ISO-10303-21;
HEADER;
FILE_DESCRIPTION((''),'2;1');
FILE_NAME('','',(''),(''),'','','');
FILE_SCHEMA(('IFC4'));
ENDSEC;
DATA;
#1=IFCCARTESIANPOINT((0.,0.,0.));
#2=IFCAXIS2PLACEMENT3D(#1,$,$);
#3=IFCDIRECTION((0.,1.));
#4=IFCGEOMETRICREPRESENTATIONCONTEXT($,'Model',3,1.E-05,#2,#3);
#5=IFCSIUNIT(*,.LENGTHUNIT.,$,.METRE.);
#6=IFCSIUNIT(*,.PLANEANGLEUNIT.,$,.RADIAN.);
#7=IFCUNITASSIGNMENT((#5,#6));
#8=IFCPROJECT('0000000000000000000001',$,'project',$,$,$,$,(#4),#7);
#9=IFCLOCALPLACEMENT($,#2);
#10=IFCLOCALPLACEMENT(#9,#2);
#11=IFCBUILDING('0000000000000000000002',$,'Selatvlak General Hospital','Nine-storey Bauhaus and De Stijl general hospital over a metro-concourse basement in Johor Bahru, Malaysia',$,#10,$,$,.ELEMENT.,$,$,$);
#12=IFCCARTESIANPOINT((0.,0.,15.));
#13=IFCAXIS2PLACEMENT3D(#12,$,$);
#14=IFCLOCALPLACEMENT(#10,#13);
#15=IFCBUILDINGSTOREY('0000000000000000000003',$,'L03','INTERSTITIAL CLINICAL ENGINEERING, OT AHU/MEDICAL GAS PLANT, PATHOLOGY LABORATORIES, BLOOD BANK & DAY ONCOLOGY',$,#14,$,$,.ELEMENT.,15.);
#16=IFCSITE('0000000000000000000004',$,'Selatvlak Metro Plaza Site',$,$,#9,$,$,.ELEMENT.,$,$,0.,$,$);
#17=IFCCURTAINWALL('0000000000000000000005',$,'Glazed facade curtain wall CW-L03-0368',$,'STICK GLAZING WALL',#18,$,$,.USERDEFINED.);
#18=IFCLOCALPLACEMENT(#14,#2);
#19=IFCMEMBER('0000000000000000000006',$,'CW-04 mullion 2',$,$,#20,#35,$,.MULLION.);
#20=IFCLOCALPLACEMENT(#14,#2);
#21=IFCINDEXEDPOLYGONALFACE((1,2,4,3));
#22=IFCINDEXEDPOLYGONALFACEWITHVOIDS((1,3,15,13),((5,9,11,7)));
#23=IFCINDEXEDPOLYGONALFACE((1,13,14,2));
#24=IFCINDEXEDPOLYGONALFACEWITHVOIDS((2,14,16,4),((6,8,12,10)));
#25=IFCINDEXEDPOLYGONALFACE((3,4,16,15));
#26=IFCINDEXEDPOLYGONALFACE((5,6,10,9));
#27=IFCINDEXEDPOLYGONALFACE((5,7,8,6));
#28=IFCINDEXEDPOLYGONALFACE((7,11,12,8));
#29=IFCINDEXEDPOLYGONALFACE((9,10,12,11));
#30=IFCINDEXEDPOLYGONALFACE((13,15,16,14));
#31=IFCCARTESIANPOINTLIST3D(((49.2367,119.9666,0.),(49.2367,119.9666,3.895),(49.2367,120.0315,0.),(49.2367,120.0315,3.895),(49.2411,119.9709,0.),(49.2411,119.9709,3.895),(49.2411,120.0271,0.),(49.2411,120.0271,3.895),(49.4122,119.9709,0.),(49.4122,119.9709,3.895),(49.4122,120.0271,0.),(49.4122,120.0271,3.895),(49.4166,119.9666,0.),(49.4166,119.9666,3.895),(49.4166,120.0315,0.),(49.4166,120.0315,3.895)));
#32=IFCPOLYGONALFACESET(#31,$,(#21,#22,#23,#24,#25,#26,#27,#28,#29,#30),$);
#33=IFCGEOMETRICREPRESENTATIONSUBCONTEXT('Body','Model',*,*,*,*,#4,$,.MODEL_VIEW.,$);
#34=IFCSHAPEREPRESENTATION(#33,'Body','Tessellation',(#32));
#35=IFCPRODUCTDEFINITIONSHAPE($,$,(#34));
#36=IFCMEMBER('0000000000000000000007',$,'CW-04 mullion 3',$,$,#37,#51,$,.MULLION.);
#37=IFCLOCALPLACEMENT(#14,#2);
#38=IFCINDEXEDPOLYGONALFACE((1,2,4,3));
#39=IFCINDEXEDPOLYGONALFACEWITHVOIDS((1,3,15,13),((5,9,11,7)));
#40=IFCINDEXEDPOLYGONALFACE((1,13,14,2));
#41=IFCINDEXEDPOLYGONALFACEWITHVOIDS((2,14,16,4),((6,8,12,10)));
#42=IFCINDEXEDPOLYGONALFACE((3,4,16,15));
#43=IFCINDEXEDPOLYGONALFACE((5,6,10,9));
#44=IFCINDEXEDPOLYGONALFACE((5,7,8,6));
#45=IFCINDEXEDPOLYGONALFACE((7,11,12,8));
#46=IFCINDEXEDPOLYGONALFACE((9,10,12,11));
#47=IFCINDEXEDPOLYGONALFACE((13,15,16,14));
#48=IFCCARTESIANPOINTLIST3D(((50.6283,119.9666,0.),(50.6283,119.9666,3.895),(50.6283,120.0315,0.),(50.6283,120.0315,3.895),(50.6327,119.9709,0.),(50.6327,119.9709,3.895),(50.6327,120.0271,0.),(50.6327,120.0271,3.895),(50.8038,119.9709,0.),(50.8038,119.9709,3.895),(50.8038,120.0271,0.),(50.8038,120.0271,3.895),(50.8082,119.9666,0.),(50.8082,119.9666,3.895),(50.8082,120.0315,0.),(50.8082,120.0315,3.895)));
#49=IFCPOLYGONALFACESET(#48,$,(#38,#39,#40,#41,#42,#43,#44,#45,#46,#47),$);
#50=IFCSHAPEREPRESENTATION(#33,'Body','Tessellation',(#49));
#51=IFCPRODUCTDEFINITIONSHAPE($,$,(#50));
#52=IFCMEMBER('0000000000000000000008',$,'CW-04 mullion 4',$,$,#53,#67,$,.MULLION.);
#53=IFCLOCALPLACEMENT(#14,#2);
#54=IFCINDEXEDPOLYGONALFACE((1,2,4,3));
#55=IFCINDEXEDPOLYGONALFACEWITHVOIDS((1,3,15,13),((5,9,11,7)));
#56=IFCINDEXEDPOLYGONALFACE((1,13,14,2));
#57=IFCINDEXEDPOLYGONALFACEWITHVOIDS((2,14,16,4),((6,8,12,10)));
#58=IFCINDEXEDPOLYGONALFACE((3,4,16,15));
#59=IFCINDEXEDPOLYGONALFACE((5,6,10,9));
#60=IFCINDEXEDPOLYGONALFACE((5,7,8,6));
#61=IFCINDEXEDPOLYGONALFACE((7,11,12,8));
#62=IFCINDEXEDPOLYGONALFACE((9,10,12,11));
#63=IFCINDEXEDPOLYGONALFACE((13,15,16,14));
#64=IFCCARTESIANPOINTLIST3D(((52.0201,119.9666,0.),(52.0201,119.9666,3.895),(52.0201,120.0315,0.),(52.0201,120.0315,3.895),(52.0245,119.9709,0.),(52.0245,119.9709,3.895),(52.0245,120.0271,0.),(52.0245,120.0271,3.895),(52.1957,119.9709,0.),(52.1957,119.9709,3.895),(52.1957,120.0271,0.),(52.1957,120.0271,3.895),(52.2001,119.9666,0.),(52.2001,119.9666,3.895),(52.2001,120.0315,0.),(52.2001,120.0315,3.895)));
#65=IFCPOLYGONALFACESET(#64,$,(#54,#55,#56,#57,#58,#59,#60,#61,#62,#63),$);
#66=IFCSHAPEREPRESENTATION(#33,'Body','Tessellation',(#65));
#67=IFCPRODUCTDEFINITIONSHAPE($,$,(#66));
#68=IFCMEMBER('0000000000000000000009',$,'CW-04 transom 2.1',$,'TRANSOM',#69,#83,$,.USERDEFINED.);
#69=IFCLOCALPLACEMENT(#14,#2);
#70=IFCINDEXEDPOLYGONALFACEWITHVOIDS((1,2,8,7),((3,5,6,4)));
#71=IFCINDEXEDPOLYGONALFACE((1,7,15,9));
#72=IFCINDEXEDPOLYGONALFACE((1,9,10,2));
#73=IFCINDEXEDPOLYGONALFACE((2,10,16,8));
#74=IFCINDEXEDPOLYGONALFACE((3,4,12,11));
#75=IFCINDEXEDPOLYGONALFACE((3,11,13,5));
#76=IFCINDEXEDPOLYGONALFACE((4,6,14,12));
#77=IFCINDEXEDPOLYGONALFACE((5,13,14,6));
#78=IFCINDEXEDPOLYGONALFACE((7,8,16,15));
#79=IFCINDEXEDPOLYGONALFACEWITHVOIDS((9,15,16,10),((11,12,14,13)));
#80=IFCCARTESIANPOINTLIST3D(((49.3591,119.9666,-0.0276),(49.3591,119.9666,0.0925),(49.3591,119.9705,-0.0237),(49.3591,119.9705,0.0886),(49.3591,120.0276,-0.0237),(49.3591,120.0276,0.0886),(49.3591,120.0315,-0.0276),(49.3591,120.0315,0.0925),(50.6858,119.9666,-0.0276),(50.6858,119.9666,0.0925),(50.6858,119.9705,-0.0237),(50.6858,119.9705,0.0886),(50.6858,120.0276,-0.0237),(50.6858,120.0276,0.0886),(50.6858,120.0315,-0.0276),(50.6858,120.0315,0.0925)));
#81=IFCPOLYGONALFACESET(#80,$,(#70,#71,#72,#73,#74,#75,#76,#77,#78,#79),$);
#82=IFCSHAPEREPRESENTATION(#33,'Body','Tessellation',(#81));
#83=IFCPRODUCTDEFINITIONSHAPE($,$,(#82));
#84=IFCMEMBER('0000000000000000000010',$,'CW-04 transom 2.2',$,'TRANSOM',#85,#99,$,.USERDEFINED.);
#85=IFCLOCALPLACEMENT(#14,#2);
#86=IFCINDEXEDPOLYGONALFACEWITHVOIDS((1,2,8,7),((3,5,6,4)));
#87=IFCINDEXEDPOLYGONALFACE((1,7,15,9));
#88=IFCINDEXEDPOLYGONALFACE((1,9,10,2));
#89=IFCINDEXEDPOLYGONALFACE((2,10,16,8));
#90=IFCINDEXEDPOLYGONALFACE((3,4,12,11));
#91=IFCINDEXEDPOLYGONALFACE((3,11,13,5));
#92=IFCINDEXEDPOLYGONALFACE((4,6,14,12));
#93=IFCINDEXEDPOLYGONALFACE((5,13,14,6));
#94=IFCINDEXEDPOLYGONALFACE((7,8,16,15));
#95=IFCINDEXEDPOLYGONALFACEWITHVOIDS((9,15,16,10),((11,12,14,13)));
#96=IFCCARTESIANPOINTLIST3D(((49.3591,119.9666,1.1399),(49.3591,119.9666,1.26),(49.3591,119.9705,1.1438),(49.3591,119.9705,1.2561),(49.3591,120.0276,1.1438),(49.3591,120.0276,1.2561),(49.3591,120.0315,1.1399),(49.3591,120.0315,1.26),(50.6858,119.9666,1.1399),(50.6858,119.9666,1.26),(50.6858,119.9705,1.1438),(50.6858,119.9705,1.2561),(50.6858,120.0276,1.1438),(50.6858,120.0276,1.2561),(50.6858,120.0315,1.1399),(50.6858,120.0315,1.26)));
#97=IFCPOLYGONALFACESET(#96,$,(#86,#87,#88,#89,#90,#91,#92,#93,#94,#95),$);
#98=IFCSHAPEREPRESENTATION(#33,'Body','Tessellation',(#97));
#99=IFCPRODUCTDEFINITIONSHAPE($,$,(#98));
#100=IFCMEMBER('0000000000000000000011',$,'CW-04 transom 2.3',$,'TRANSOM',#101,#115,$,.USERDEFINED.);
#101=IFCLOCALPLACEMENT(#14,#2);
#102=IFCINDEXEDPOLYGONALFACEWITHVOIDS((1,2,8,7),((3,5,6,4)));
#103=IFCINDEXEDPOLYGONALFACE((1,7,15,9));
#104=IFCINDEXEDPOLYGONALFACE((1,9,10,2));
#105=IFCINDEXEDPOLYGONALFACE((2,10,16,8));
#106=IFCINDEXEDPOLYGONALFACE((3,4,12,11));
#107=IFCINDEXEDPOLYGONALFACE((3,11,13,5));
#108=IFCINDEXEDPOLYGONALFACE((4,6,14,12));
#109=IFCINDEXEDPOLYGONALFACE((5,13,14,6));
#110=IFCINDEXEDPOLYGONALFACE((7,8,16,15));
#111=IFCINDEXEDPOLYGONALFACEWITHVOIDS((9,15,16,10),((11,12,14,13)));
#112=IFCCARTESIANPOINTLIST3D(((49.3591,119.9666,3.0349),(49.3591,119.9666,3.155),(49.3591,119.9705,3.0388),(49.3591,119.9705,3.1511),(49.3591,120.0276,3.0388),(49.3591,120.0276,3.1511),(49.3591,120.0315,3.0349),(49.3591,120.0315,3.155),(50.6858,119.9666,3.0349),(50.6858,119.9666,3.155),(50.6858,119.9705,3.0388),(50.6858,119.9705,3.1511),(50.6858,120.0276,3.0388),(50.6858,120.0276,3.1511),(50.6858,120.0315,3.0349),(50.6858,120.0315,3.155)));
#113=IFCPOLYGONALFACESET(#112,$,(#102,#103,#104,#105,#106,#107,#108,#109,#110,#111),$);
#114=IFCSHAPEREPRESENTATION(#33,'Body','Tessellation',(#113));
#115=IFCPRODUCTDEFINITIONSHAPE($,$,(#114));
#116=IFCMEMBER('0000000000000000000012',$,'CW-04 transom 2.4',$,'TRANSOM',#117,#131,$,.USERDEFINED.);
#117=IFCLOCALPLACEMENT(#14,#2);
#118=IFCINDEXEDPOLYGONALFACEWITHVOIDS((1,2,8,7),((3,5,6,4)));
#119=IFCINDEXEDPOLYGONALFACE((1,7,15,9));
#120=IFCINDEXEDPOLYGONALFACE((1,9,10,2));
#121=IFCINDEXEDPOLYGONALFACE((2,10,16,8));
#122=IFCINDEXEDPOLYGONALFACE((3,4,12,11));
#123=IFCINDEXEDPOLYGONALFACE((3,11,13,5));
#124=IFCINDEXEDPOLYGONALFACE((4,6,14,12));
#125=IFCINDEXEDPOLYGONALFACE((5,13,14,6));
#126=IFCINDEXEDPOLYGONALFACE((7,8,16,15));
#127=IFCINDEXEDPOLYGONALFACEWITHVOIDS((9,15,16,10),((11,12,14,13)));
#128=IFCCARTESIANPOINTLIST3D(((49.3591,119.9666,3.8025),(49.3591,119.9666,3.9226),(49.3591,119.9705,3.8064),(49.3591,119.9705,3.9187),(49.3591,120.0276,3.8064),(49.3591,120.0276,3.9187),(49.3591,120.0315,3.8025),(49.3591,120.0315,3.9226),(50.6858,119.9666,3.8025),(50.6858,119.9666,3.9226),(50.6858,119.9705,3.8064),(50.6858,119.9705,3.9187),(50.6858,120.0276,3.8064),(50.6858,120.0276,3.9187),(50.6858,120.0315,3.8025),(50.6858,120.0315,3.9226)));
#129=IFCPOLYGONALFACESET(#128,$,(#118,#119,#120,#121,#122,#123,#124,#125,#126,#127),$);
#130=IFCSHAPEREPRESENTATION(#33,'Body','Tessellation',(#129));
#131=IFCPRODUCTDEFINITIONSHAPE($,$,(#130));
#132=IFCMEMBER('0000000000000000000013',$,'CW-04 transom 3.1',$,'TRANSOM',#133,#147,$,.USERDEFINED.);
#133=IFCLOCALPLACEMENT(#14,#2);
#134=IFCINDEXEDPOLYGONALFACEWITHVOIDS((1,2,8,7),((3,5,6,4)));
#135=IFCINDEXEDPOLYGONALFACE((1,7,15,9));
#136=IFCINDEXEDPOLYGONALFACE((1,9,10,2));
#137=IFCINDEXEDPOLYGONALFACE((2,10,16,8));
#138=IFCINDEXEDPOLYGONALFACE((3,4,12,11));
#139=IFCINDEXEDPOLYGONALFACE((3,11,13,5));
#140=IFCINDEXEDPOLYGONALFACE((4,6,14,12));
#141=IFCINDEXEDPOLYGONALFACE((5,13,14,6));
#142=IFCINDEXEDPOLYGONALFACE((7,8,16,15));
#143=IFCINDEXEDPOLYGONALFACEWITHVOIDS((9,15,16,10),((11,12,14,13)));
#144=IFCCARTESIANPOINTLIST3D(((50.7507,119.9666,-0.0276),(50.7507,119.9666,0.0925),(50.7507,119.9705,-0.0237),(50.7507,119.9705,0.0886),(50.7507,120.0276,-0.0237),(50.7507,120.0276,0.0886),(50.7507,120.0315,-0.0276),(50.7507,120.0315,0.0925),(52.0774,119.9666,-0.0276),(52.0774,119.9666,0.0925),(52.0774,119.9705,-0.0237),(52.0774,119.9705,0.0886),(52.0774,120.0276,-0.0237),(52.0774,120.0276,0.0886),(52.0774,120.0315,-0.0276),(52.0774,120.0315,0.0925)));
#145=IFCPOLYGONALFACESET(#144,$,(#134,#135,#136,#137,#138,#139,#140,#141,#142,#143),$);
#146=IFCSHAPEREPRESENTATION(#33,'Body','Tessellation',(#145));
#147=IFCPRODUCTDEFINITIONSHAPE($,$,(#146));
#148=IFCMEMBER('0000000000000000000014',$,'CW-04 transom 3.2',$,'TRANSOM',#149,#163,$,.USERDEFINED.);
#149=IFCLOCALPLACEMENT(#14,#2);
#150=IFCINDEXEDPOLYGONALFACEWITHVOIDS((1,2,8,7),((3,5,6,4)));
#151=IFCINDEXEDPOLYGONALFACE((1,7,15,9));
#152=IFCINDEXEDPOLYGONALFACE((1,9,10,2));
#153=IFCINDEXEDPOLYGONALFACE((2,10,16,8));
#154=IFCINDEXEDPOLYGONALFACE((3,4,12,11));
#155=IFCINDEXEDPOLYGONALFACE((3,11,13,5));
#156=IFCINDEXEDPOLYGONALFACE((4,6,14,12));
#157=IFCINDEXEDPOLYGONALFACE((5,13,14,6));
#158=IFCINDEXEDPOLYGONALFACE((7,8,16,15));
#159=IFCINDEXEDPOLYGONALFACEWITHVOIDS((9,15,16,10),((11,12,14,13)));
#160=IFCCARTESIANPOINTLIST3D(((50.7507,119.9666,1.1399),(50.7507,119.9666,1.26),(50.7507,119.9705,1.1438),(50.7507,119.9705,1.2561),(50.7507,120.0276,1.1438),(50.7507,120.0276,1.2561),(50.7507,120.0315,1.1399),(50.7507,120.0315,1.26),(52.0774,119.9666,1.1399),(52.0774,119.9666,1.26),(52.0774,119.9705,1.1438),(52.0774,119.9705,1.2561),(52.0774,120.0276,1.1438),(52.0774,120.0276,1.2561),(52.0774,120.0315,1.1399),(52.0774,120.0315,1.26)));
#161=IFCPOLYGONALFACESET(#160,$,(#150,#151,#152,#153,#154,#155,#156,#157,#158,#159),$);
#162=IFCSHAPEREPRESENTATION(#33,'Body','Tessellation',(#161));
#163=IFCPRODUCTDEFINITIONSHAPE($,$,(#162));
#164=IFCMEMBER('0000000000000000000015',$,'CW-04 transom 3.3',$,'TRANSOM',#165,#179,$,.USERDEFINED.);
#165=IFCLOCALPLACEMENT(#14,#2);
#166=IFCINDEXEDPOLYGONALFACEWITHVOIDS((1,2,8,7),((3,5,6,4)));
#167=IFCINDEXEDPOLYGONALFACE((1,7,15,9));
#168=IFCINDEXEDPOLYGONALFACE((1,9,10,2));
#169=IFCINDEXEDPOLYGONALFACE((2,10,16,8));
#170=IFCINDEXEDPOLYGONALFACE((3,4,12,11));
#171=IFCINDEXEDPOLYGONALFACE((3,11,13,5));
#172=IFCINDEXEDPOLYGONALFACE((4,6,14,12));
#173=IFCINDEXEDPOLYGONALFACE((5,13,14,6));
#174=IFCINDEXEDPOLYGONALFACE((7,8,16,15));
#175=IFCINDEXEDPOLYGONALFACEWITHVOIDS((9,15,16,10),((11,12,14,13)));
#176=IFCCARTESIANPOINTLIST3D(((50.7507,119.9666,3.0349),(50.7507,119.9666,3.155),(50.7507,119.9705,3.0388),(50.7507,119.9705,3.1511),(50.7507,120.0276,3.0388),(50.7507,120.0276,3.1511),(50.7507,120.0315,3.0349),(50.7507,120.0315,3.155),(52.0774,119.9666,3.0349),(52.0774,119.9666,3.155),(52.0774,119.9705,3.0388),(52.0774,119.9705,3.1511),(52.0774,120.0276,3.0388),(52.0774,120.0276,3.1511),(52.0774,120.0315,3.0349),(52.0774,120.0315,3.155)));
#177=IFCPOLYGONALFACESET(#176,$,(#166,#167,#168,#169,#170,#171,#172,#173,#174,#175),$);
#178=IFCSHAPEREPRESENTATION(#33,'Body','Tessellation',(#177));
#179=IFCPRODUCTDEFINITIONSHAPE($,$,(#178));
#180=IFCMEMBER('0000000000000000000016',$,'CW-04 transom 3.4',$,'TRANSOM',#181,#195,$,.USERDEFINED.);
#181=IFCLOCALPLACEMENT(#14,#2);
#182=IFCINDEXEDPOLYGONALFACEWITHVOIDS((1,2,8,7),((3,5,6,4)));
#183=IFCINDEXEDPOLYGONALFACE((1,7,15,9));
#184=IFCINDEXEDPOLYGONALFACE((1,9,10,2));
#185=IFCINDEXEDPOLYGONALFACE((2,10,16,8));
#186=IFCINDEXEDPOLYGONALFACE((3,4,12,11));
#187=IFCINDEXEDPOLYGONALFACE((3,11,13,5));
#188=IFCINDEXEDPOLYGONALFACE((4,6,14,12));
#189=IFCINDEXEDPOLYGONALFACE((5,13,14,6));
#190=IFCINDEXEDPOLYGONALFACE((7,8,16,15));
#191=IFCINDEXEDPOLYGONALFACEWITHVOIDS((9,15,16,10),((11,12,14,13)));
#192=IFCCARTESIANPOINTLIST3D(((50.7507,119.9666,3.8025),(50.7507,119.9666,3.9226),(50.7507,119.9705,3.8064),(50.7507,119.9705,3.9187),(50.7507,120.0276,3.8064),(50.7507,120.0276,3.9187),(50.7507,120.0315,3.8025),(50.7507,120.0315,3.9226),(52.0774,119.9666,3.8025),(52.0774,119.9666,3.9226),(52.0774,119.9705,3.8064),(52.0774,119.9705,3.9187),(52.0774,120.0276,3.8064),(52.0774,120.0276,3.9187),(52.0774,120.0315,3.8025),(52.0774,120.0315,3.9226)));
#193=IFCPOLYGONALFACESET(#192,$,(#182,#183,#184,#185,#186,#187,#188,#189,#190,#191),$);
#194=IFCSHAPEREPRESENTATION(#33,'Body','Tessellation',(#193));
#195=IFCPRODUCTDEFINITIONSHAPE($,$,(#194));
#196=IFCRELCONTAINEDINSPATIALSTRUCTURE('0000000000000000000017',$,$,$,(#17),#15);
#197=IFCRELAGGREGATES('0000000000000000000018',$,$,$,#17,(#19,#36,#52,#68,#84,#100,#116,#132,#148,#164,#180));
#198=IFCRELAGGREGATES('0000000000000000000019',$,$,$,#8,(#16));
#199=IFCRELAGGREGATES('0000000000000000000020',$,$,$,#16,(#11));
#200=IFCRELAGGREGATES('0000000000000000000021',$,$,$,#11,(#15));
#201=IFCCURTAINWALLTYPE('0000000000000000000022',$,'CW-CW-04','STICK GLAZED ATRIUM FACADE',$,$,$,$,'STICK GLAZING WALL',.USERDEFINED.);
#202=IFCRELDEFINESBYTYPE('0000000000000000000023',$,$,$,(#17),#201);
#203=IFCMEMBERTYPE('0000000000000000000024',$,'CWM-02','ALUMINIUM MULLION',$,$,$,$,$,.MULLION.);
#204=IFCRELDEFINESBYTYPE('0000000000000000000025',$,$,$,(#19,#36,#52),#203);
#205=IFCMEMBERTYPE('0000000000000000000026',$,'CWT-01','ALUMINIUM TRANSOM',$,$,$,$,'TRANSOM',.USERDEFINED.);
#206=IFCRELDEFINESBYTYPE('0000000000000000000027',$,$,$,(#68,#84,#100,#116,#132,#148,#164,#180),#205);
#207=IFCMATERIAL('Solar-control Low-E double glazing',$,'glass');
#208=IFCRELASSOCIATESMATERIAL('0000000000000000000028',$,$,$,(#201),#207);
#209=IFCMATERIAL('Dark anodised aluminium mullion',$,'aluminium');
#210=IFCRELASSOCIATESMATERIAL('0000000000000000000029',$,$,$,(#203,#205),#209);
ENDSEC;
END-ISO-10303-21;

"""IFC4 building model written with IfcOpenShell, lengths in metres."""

from ifc_helpers import new_model, si_unit, direction, frame, origin, origin_2d, place, context, subcontext, project, spatial, hollow_rectangle, extrude, material, material_profile, profile_set, type_object, element, aggregate, save


model = new_model("IFC4")

# Units and contexts
model_context = context("Model", 3, precision=1e-05, world=origin(), true_north=direction((0.0, 1.0)))
body_context = subcontext(model_context, "Body", "Model", "MODEL_VIEW")
ifc_project = project(units=[si_unit("LENGTHUNIT", "METRE"), si_unit("PLANEANGLEUNIT", "RADIAN")], contexts=[model_context])

# Site, building, storey
site_placement = place(None, origin())
site = spatial("IfcSite", under=ifc_project, at=site_placement, Name="Selatvlak Metro Plaza Site", CompositionType="ELEMENT", RefElevation=0.0)
building_placement = place(site_placement, origin())
building = spatial("IfcBuilding", under=site, at=building_placement, Name="Selatvlak General Hospital", Description="Nine-storey Bauhaus and De Stijl general hospital over a metro-concourse basement in Johor Bahru, Malaysia", CompositionType="ELEMENT")
storey_placement = place(building_placement, frame((0.0, 0.0, 15.0)))
storey = spatial("IfcBuildingStorey", under=building, at=storey_placement, Name="L03", Description="INTERSTITIAL CLINICAL ENGINEERING, OT AHU/MEDICAL GAS PLANT, PATHOLOGY LABORATORIES, BLOOD BANK & DAY ONCOLOGY", CompositionType="ELEMENT", Elevation=15.0)

# Curtain wall, members
ifc_material_1 = material(Name="Solar-control Low-E double glazing", Category="glass")
curtain_wall_type = type_object("IfcCurtainWallType", Name="CW-CW-04", Description="STICK GLAZED ATRIUM FACADE", ElementType="STICK GLAZING WALL", PredefinedType="USERDEFINED", material=ifc_material_1)
curtain_wall_placement = place(storey_placement, origin())
curtain_wall = element("IfcCurtainWall", 1, at=curtain_wall_placement, inside=storey, type_object=curtain_wall_type, Name="Glazed facade curtain wall CW-L03-0368", ObjectType="STICK GLAZING WALL", PredefinedType="USERDEFINED")
ifc_material_2 = material(Name="Dark anodised aluminium mullion", Category="aluminium")
ifc_material_profile_1 = material_profile(ifc_material_2, hollow_rectangle(XDim=0.0649, YDim=0.1799, WallThickness=0.0044, at=origin_2d()), Name="AL-MUL 65x180x4.5")
ifc_profile_set_1 = profile_set([ifc_material_profile_1], Name="Dark anodised aluminium mullion")
member_type_1 = type_object("IfcMemberType", Name="CWM-02", Description="ALUMINIUM MULLION", PredefinedType="MULLION", material=ifc_profile_set_1)
member_1_placement = place(storey_placement, frame((49.3267, 119.999, 0.0), z_axis=(0.0, 0.0, 1.0), x_axis=(0.0, 1.0, 0.0)))
member_1 = element("IfcMember", 2, at=member_1_placement, type_object=member_type_1, Name="CW-04 mullion 2", PredefinedType="MULLION", context=body_context, shape_type="SweptSolid", body=[
    extrude(hollow_rectangle(XDim=0.0649, YDim=0.1799, WallThickness=0.0044, at=origin_2d()), origin(), (0.0, 0.0, 1.0), 3.895),
])
member_2_placement = place(storey_placement, frame((50.7183, 119.999, 0.0), z_axis=(0.0, 0.0, 1.0), x_axis=(0.0, 1.0, 0.0)))
member_2 = element("IfcMember", 3, at=member_2_placement, type_object=member_type_1, Name="CW-04 mullion 3", PredefinedType="MULLION", context=body_context, shape_type="SweptSolid", body=[
    extrude(hollow_rectangle(XDim=0.0649, YDim=0.1799, WallThickness=0.0044, at=origin_2d()), origin(), (0.0, 0.0, 1.0), 3.895),
])
member_3_placement = place(storey_placement, frame((52.1101, 119.999, 0.0), z_axis=(0.0, 0.0, 1.0), x_axis=(0.0, 1.0, 0.0)))
member_3 = element("IfcMember", 4, at=member_3_placement, type_object=member_type_1, Name="CW-04 mullion 4", PredefinedType="MULLION", context=body_context, shape_type="SweptSolid", body=[
    extrude(hollow_rectangle(XDim=0.0649, YDim=0.1799, WallThickness=0.0044, at=origin_2d()), origin(), (0.0, 0.0, 1.0), 3.895),
])
ifc_material_profile_2 = material_profile(ifc_material_2, hollow_rectangle(XDim=0.0649, YDim=0.1201, WallThickness=0.0039, at=origin_2d()), Name="AL-TRN 65x120x4")
ifc_profile_set_2 = profile_set([ifc_material_profile_2], Name="Dark anodised aluminium mullion")
member_type_2 = type_object("IfcMemberType", Name="CWT-01", Description="ALUMINIUM TRANSOM", ElementType="TRANSOM", PredefinedType="USERDEFINED", material=ifc_profile_set_2)
member_4_placement = place(storey_placement, frame((49.3591, 119.999, 0.0325), z_axis=(1.0, 0.0, 0.0), x_axis=(0.0, 1.0, 0.0)))
member_4 = element("IfcMember", 5, at=member_4_placement, type_object=member_type_2, Name="CW-04 transom 2.1", ObjectType="TRANSOM", PredefinedType="USERDEFINED", context=body_context, shape_type="SweptSolid", body=[
    extrude(hollow_rectangle(XDim=0.0649, YDim=0.1201, WallThickness=0.0039, at=origin_2d()), origin(), (0.0, 0.0, 1.0), 1.3267),
])
member_5_placement = place(storey_placement, frame((49.3591, 119.999, 1.2), z_axis=(1.0, 0.0, 0.0), x_axis=(0.0, 1.0, 0.0)))
member_5 = element("IfcMember", 6, at=member_5_placement, type_object=member_type_2, Name="CW-04 transom 2.2", ObjectType="TRANSOM", PredefinedType="USERDEFINED", context=body_context, shape_type="SweptSolid", body=[
    extrude(hollow_rectangle(XDim=0.0649, YDim=0.1201, WallThickness=0.0039, at=origin_2d()), origin(), (0.0, 0.0, 1.0), 1.3267),
])
member_6_placement = place(storey_placement, frame((49.3591, 119.999, 3.095), z_axis=(1.0, 0.0, 0.0), x_axis=(0.0, 1.0, 0.0)))
member_6 = element("IfcMember", 7, at=member_6_placement, type_object=member_type_2, Name="CW-04 transom 2.3", ObjectType="TRANSOM", PredefinedType="USERDEFINED", context=body_context, shape_type="SweptSolid", body=[
    extrude(hollow_rectangle(XDim=0.0649, YDim=0.1201, WallThickness=0.0039, at=origin_2d()), origin(), (0.0, 0.0, 1.0), 1.3267),
])
member_7_placement = place(storey_placement, frame((49.3591, 119.999, 3.8625), z_axis=(1.0, 0.0, 0.0), x_axis=(0.0, 1.0, 0.0)))
member_7 = element("IfcMember", 8, at=member_7_placement, type_object=member_type_2, Name="CW-04 transom 2.4", ObjectType="TRANSOM", PredefinedType="USERDEFINED", context=body_context, shape_type="SweptSolid", body=[
    extrude(hollow_rectangle(XDim=0.0649, YDim=0.1201, WallThickness=0.0039, at=origin_2d()), origin(), (0.0, 0.0, 1.0), 1.3267),
])
member_8_placement = place(storey_placement, frame((50.7507, 119.999, 0.0325), z_axis=(1.0, 0.0, 0.0), x_axis=(0.0, 1.0, 0.0)))
member_8 = element("IfcMember", 9, at=member_8_placement, type_object=member_type_2, Name="CW-04 transom 3.1", ObjectType="TRANSOM", PredefinedType="USERDEFINED", context=body_context, shape_type="SweptSolid", body=[
    extrude(hollow_rectangle(XDim=0.0649, YDim=0.1201, WallThickness=0.0039, at=origin_2d()), origin(), (0.0, 0.0, 1.0), 1.3267),
])
member_9_placement = place(storey_placement, frame((50.7507, 119.999, 1.2), z_axis=(1.0, 0.0, 0.0), x_axis=(0.0, 1.0, 0.0)))
member_9 = element("IfcMember", 10, at=member_9_placement, type_object=member_type_2, Name="CW-04 transom 3.2", ObjectType="TRANSOM", PredefinedType="USERDEFINED", context=body_context, shape_type="SweptSolid", body=[
    extrude(hollow_rectangle(XDim=0.0649, YDim=0.1201, WallThickness=0.0039, at=origin_2d()), origin(), (0.0, 0.0, 1.0), 1.3267),
])
member_10_placement = place(storey_placement, frame((50.7507, 119.999, 3.095), z_axis=(1.0, 0.0, 0.0), x_axis=(0.0, 1.0, 0.0)))
member_10 = element("IfcMember", 11, at=member_10_placement, type_object=member_type_2, Name="CW-04 transom 3.3", ObjectType="TRANSOM", PredefinedType="USERDEFINED", context=body_context, shape_type="SweptSolid", body=[
    extrude(hollow_rectangle(XDim=0.0649, YDim=0.1201, WallThickness=0.0039, at=origin_2d()), origin(), (0.0, 0.0, 1.0), 1.3267),
])
member_11_placement = place(storey_placement, frame((50.7507, 119.999, 3.8625), z_axis=(1.0, 0.0, 0.0), x_axis=(0.0, 1.0, 0.0)))
member_11 = element("IfcMember", 12, at=member_11_placement, type_object=member_type_2, Name="CW-04 transom 3.4", ObjectType="TRANSOM", PredefinedType="USERDEFINED", context=body_context, shape_type="SweptSolid", body=[
    extrude(hollow_rectangle(XDim=0.0649, YDim=0.1201, WallThickness=0.0039, at=origin_2d()), origin(), (0.0, 0.0, 1.0), 1.3267),
])
aggregate(curtain_wall, [member_1, member_2, member_3, member_4, member_5, member_6, member_7, member_8, member_9, member_10, member_11])

save(model, "model.ifc")
